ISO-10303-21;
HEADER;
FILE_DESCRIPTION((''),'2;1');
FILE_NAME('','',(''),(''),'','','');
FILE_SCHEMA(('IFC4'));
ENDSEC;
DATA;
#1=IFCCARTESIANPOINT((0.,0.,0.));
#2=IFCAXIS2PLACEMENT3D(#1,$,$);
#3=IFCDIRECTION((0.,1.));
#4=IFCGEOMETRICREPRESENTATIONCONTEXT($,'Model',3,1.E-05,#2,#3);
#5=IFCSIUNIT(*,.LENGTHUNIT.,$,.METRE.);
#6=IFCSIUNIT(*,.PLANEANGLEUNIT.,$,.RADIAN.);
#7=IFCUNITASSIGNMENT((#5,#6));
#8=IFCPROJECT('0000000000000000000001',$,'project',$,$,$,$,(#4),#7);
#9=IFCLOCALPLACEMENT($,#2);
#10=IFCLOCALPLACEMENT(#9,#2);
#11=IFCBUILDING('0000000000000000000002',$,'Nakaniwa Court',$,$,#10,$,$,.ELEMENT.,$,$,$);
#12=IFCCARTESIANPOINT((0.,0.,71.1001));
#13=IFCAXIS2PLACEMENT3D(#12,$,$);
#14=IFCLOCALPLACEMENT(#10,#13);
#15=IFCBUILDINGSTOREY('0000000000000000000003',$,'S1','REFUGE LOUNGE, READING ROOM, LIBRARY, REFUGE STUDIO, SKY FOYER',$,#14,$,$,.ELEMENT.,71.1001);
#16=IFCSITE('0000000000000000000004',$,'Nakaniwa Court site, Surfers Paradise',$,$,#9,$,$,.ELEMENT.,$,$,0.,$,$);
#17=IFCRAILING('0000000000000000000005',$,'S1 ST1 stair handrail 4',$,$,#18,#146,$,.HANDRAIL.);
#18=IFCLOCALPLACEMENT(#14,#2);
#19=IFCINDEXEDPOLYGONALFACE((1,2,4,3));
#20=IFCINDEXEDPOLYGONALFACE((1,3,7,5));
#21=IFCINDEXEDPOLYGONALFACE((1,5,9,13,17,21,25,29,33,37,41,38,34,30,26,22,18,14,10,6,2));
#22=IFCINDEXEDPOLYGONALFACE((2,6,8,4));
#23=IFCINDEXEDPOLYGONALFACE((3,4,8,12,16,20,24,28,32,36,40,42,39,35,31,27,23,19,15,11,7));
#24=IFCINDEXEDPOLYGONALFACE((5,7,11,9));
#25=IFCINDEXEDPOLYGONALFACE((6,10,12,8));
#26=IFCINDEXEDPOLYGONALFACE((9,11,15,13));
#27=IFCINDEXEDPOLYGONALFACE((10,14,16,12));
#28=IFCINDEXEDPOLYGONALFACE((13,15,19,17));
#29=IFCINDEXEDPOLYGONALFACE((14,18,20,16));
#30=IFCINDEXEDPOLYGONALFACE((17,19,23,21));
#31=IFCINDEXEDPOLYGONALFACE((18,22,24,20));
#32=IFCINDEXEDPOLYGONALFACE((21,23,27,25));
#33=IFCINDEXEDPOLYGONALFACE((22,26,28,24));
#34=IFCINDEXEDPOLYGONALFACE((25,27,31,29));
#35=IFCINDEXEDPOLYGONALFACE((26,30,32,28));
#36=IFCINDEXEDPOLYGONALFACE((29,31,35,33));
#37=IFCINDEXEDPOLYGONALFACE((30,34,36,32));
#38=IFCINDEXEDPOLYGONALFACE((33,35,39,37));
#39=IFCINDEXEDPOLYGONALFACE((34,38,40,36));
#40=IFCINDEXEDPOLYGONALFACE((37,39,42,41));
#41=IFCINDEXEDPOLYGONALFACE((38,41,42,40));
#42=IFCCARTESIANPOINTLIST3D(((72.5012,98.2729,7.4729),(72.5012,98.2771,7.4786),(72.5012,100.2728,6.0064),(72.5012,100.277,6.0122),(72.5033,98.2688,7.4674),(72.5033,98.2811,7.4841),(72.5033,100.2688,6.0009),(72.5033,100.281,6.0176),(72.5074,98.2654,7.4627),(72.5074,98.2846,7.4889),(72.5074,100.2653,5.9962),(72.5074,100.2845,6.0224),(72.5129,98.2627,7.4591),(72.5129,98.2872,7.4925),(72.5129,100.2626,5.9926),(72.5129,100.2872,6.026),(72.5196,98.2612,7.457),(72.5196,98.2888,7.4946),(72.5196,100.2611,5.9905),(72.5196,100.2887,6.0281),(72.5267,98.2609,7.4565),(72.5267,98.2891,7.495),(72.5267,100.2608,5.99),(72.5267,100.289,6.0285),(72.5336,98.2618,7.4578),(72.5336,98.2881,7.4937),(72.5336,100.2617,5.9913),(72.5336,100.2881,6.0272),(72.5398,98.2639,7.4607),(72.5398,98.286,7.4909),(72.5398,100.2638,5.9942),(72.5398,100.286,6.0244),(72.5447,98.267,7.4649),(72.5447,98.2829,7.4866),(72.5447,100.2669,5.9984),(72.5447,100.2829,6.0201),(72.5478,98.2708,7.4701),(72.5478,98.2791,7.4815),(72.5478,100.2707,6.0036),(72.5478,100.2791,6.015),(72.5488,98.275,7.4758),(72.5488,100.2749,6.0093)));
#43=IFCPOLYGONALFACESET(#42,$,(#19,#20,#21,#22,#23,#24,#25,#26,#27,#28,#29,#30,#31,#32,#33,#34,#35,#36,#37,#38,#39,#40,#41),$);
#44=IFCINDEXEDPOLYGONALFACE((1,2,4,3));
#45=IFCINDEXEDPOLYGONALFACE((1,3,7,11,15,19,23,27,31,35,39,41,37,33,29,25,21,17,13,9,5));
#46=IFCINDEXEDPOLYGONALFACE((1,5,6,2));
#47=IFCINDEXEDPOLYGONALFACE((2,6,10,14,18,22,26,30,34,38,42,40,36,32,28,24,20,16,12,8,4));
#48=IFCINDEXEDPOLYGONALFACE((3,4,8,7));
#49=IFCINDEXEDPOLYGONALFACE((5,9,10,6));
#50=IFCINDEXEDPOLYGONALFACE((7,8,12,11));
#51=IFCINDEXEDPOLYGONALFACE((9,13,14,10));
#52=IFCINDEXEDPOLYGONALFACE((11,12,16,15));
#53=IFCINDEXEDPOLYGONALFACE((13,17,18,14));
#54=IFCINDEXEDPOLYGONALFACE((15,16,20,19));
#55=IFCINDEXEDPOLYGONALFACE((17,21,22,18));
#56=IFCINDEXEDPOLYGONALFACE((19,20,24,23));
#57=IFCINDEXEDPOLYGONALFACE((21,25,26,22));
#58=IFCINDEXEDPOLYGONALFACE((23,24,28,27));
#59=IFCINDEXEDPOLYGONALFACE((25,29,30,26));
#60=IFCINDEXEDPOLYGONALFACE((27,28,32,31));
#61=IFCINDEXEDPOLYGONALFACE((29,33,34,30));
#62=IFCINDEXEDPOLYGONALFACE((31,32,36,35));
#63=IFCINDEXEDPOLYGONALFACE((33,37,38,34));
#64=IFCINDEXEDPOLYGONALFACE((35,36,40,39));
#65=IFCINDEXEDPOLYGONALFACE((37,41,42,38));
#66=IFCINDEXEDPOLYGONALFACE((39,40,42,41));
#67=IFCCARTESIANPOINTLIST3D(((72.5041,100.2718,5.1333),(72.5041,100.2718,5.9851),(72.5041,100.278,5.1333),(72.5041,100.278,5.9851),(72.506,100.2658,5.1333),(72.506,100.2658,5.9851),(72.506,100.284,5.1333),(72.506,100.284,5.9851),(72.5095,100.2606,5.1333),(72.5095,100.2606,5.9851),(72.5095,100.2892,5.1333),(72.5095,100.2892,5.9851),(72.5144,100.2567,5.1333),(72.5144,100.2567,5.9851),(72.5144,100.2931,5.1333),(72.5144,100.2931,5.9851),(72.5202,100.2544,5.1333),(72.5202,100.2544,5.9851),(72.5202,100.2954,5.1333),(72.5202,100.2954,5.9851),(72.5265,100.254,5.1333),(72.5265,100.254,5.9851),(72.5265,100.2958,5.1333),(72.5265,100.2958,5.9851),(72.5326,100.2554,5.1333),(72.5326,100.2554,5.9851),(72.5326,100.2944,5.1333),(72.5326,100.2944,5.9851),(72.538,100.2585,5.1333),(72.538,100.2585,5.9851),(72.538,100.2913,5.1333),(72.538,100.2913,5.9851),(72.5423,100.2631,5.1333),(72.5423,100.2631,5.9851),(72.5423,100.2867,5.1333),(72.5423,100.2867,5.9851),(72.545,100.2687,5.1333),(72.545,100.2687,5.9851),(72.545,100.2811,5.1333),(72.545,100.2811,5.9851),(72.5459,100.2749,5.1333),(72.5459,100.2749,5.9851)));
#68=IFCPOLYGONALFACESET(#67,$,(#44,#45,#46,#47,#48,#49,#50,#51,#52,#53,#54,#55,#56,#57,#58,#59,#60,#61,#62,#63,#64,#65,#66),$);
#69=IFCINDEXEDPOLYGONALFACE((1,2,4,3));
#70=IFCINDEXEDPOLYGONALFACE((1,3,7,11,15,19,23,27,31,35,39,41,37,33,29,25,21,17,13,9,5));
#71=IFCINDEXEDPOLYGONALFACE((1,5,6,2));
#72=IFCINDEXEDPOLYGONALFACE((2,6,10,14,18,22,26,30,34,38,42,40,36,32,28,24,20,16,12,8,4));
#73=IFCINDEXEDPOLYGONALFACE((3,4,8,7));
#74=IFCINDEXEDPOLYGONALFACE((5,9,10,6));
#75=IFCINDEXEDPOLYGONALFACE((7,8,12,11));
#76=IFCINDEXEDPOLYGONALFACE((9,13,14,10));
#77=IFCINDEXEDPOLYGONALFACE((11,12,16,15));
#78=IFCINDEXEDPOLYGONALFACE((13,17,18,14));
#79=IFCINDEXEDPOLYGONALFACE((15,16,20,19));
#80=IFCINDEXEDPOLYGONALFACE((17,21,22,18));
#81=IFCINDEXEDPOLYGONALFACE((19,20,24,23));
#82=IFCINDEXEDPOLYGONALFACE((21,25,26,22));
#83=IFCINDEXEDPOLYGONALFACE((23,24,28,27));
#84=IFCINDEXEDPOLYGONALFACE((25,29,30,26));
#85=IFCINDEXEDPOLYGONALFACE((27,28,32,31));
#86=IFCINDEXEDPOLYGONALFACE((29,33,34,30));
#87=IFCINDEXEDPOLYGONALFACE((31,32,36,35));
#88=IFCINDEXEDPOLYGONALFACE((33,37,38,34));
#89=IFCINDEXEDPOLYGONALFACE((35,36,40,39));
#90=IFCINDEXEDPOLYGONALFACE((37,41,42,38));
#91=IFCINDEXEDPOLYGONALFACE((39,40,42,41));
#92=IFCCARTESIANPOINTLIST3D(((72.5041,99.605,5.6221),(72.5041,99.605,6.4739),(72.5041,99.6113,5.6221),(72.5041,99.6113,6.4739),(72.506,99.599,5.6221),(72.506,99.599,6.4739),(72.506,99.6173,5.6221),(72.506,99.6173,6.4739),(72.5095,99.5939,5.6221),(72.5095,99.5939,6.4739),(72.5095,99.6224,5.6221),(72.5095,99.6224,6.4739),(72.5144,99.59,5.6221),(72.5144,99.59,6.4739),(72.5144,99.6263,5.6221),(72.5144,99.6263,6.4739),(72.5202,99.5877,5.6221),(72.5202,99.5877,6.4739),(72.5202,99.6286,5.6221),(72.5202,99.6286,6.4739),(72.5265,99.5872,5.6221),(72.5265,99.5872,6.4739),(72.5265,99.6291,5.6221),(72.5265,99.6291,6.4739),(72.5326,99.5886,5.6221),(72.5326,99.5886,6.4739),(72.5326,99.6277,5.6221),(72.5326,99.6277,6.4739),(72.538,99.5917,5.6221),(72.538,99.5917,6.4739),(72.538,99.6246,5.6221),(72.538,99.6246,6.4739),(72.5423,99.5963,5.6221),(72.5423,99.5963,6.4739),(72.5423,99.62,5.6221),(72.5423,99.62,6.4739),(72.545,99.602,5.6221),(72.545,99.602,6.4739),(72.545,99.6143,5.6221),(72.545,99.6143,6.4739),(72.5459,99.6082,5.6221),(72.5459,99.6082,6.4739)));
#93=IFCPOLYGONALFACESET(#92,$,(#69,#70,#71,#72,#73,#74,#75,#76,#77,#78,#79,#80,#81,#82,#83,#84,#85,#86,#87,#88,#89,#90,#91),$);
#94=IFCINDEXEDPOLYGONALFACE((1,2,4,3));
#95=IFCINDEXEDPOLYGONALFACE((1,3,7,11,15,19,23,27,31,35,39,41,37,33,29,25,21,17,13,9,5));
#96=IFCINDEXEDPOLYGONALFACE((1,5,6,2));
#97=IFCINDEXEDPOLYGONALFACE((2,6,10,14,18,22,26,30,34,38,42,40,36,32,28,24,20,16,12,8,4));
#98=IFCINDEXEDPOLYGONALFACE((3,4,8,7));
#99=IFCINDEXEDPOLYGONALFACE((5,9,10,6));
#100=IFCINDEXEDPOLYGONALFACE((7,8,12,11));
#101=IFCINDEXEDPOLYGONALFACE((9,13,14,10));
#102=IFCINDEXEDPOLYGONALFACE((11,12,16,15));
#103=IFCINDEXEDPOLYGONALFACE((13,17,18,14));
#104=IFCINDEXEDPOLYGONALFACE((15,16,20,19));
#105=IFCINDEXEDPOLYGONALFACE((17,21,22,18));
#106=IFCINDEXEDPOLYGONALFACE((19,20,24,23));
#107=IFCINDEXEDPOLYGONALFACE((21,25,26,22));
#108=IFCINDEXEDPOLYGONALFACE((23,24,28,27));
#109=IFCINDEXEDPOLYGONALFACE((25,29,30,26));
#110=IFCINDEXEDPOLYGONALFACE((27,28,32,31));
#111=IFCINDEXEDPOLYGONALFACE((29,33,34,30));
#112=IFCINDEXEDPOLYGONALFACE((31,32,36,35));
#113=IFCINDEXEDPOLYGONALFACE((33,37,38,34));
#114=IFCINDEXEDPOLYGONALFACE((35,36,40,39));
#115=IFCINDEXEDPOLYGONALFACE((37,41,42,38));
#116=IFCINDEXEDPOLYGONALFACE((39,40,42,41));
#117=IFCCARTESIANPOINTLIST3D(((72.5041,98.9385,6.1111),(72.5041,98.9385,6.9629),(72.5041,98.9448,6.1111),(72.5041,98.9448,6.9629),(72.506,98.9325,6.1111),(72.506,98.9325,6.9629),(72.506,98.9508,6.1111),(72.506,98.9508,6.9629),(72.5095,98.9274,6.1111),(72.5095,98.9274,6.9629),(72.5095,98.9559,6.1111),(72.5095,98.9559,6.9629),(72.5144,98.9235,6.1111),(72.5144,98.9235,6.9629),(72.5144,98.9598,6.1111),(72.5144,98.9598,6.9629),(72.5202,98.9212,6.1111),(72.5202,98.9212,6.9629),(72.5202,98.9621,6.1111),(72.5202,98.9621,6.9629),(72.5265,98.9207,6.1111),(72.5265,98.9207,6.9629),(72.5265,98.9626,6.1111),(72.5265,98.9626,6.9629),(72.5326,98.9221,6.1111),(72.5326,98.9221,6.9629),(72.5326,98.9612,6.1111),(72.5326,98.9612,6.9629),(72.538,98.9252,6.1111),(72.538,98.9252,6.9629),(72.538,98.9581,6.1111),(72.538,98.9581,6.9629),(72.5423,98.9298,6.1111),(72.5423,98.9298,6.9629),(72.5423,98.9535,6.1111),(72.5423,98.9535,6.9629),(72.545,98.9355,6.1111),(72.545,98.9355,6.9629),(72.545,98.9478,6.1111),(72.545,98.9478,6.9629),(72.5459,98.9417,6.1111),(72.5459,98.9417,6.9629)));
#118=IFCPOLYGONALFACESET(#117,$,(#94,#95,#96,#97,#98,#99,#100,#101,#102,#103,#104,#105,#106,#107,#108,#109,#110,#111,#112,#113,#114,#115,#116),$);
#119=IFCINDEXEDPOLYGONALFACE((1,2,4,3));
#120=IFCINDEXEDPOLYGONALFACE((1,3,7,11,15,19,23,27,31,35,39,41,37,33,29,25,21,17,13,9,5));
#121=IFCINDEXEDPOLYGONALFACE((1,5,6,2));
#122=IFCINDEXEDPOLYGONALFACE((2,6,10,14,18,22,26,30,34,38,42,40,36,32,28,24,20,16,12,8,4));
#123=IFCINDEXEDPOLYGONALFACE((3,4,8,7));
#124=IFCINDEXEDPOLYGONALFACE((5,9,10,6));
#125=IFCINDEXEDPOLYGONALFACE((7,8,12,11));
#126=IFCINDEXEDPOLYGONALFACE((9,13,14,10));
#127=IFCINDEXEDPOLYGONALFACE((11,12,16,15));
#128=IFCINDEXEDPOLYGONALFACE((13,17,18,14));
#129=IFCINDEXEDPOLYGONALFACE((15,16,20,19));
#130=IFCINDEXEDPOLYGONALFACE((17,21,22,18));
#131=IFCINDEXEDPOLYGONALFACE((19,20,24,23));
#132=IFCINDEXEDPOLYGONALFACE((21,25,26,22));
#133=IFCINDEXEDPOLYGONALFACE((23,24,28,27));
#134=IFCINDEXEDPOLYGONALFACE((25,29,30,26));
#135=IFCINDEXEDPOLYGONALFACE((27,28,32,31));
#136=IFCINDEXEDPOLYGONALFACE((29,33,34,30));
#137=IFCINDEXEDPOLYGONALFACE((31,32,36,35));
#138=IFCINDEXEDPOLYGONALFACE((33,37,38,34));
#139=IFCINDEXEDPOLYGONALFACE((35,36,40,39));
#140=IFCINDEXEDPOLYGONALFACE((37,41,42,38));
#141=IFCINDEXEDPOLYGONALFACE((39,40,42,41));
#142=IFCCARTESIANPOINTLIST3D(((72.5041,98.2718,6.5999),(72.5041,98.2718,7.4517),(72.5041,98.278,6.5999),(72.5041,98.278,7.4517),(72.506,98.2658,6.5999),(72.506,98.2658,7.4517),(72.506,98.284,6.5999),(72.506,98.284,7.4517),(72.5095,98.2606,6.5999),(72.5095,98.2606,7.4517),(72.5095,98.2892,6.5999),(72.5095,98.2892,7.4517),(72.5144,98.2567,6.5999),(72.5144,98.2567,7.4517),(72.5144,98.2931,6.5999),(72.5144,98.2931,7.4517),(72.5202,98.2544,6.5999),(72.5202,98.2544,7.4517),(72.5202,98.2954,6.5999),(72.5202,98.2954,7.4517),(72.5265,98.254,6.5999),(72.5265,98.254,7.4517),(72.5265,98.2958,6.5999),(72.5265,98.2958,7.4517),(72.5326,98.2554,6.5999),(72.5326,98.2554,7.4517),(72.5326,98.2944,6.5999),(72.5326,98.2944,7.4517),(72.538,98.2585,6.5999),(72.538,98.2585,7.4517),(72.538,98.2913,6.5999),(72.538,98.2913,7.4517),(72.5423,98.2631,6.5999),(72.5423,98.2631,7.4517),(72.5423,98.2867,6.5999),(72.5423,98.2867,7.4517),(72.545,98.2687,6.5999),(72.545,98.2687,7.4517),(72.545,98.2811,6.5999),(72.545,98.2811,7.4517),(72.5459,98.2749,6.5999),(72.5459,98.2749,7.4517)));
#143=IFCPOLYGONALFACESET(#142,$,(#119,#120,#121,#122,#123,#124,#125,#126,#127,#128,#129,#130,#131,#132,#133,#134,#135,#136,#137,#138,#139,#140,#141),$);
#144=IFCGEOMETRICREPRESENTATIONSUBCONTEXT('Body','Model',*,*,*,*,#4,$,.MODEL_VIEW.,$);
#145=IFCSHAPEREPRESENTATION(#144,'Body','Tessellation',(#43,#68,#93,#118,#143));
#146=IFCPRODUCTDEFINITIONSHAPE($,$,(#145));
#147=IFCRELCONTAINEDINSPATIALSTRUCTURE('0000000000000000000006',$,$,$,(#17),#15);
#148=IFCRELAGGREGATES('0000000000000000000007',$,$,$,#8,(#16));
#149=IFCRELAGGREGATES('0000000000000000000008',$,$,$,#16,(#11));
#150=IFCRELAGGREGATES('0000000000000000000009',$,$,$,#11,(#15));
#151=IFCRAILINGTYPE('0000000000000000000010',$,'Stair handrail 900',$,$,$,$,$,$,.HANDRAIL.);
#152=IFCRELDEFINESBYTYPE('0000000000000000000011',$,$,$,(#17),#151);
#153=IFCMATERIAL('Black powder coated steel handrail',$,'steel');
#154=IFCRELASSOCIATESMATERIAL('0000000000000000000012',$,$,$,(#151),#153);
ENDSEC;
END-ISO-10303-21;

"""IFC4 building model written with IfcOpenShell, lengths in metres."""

from ifc_helpers import new_model, si_unit, direction, frame, origin, origin_2d, place, context, subcontext, project, spatial, circle, extrude, material, type_object, element, save


model = new_model("IFC4")

# Units and contexts
model_context = context("Model", 3, precision=1e-05, world=origin(), true_north=direction((0.0, 1.0)))
body_context = subcontext(model_context, "Body", "Model", "MODEL_VIEW")
ifc_project = project(units=[si_unit("LENGTHUNIT", "METRE"), si_unit("PLANEANGLEUNIT", "RADIAN")], contexts=[model_context])

# Site, building, storey
site_placement = place(None, origin())
site = spatial("IfcSite", under=ifc_project, at=site_placement, Name="Nakaniwa Court site, Surfers Paradise", CompositionType="ELEMENT", RefElevation=0.0)
building_placement = place(site_placement, origin())
building = spatial("IfcBuilding", under=site, at=building_placement, Name="Nakaniwa Court", CompositionType="ELEMENT")
storey_placement = place(building_placement, frame((0.0, 0.0, 71.1001)))
storey = spatial("IfcBuildingStorey", under=building, at=storey_placement, Name="S1", Description="REFUGE LOUNGE, READING ROOM, LIBRARY, REFUGE STUDIO, SKY FOYER", CompositionType="ELEMENT", Elevation=71.1001)

# Railing
ifc_material_1 = material(Name="Black powder coated steel handrail", Category="steel")
railing_type_1 = type_object("IfcRailingType", Name="Stair handrail 900", PredefinedType="HANDRAIL", material=ifc_material_1)
railing_1_placement = place(storey_placement, frame((72.5249, 100.2749, 5.1333)))
element("IfcRailing", 1, at=railing_1_placement, inside=storey, type_object=railing_type_1, Name="S1 ST1 stair handrail 4", PredefinedType="HANDRAIL", context=body_context, shape_type="SweptSolid", body=[
    extrude(circle(Radius=0.0239, at=origin_2d()), frame((0.0, 0.0, 0.876), z_axis=(0.0, -0.806427, 0.591334), x_axis=(1.0, 0.0, 0.0)), (0.0, 0.0, 1.0), 2.48),
    extrude(circle(Radius=0.021, at=origin_2d()), origin(), (0.0, 0.0, 1.0), 0.8518),
    extrude(circle(Radius=0.021, at=origin_2d()), frame((0.0, -0.6667, 0.4888)), (0.0, 0.0, 1.0), 0.8518),
    extrude(circle(Radius=0.021, at=origin_2d()), frame((0.0, -1.3333, 0.9778)), (0.0, 0.0, 1.0), 0.8518),
    extrude(circle(Radius=0.021, at=origin_2d()), frame((0.0, -2.0, 1.4666)), (0.0, 0.0, 1.0), 0.8518),
])

save(model, "model.ifc")
